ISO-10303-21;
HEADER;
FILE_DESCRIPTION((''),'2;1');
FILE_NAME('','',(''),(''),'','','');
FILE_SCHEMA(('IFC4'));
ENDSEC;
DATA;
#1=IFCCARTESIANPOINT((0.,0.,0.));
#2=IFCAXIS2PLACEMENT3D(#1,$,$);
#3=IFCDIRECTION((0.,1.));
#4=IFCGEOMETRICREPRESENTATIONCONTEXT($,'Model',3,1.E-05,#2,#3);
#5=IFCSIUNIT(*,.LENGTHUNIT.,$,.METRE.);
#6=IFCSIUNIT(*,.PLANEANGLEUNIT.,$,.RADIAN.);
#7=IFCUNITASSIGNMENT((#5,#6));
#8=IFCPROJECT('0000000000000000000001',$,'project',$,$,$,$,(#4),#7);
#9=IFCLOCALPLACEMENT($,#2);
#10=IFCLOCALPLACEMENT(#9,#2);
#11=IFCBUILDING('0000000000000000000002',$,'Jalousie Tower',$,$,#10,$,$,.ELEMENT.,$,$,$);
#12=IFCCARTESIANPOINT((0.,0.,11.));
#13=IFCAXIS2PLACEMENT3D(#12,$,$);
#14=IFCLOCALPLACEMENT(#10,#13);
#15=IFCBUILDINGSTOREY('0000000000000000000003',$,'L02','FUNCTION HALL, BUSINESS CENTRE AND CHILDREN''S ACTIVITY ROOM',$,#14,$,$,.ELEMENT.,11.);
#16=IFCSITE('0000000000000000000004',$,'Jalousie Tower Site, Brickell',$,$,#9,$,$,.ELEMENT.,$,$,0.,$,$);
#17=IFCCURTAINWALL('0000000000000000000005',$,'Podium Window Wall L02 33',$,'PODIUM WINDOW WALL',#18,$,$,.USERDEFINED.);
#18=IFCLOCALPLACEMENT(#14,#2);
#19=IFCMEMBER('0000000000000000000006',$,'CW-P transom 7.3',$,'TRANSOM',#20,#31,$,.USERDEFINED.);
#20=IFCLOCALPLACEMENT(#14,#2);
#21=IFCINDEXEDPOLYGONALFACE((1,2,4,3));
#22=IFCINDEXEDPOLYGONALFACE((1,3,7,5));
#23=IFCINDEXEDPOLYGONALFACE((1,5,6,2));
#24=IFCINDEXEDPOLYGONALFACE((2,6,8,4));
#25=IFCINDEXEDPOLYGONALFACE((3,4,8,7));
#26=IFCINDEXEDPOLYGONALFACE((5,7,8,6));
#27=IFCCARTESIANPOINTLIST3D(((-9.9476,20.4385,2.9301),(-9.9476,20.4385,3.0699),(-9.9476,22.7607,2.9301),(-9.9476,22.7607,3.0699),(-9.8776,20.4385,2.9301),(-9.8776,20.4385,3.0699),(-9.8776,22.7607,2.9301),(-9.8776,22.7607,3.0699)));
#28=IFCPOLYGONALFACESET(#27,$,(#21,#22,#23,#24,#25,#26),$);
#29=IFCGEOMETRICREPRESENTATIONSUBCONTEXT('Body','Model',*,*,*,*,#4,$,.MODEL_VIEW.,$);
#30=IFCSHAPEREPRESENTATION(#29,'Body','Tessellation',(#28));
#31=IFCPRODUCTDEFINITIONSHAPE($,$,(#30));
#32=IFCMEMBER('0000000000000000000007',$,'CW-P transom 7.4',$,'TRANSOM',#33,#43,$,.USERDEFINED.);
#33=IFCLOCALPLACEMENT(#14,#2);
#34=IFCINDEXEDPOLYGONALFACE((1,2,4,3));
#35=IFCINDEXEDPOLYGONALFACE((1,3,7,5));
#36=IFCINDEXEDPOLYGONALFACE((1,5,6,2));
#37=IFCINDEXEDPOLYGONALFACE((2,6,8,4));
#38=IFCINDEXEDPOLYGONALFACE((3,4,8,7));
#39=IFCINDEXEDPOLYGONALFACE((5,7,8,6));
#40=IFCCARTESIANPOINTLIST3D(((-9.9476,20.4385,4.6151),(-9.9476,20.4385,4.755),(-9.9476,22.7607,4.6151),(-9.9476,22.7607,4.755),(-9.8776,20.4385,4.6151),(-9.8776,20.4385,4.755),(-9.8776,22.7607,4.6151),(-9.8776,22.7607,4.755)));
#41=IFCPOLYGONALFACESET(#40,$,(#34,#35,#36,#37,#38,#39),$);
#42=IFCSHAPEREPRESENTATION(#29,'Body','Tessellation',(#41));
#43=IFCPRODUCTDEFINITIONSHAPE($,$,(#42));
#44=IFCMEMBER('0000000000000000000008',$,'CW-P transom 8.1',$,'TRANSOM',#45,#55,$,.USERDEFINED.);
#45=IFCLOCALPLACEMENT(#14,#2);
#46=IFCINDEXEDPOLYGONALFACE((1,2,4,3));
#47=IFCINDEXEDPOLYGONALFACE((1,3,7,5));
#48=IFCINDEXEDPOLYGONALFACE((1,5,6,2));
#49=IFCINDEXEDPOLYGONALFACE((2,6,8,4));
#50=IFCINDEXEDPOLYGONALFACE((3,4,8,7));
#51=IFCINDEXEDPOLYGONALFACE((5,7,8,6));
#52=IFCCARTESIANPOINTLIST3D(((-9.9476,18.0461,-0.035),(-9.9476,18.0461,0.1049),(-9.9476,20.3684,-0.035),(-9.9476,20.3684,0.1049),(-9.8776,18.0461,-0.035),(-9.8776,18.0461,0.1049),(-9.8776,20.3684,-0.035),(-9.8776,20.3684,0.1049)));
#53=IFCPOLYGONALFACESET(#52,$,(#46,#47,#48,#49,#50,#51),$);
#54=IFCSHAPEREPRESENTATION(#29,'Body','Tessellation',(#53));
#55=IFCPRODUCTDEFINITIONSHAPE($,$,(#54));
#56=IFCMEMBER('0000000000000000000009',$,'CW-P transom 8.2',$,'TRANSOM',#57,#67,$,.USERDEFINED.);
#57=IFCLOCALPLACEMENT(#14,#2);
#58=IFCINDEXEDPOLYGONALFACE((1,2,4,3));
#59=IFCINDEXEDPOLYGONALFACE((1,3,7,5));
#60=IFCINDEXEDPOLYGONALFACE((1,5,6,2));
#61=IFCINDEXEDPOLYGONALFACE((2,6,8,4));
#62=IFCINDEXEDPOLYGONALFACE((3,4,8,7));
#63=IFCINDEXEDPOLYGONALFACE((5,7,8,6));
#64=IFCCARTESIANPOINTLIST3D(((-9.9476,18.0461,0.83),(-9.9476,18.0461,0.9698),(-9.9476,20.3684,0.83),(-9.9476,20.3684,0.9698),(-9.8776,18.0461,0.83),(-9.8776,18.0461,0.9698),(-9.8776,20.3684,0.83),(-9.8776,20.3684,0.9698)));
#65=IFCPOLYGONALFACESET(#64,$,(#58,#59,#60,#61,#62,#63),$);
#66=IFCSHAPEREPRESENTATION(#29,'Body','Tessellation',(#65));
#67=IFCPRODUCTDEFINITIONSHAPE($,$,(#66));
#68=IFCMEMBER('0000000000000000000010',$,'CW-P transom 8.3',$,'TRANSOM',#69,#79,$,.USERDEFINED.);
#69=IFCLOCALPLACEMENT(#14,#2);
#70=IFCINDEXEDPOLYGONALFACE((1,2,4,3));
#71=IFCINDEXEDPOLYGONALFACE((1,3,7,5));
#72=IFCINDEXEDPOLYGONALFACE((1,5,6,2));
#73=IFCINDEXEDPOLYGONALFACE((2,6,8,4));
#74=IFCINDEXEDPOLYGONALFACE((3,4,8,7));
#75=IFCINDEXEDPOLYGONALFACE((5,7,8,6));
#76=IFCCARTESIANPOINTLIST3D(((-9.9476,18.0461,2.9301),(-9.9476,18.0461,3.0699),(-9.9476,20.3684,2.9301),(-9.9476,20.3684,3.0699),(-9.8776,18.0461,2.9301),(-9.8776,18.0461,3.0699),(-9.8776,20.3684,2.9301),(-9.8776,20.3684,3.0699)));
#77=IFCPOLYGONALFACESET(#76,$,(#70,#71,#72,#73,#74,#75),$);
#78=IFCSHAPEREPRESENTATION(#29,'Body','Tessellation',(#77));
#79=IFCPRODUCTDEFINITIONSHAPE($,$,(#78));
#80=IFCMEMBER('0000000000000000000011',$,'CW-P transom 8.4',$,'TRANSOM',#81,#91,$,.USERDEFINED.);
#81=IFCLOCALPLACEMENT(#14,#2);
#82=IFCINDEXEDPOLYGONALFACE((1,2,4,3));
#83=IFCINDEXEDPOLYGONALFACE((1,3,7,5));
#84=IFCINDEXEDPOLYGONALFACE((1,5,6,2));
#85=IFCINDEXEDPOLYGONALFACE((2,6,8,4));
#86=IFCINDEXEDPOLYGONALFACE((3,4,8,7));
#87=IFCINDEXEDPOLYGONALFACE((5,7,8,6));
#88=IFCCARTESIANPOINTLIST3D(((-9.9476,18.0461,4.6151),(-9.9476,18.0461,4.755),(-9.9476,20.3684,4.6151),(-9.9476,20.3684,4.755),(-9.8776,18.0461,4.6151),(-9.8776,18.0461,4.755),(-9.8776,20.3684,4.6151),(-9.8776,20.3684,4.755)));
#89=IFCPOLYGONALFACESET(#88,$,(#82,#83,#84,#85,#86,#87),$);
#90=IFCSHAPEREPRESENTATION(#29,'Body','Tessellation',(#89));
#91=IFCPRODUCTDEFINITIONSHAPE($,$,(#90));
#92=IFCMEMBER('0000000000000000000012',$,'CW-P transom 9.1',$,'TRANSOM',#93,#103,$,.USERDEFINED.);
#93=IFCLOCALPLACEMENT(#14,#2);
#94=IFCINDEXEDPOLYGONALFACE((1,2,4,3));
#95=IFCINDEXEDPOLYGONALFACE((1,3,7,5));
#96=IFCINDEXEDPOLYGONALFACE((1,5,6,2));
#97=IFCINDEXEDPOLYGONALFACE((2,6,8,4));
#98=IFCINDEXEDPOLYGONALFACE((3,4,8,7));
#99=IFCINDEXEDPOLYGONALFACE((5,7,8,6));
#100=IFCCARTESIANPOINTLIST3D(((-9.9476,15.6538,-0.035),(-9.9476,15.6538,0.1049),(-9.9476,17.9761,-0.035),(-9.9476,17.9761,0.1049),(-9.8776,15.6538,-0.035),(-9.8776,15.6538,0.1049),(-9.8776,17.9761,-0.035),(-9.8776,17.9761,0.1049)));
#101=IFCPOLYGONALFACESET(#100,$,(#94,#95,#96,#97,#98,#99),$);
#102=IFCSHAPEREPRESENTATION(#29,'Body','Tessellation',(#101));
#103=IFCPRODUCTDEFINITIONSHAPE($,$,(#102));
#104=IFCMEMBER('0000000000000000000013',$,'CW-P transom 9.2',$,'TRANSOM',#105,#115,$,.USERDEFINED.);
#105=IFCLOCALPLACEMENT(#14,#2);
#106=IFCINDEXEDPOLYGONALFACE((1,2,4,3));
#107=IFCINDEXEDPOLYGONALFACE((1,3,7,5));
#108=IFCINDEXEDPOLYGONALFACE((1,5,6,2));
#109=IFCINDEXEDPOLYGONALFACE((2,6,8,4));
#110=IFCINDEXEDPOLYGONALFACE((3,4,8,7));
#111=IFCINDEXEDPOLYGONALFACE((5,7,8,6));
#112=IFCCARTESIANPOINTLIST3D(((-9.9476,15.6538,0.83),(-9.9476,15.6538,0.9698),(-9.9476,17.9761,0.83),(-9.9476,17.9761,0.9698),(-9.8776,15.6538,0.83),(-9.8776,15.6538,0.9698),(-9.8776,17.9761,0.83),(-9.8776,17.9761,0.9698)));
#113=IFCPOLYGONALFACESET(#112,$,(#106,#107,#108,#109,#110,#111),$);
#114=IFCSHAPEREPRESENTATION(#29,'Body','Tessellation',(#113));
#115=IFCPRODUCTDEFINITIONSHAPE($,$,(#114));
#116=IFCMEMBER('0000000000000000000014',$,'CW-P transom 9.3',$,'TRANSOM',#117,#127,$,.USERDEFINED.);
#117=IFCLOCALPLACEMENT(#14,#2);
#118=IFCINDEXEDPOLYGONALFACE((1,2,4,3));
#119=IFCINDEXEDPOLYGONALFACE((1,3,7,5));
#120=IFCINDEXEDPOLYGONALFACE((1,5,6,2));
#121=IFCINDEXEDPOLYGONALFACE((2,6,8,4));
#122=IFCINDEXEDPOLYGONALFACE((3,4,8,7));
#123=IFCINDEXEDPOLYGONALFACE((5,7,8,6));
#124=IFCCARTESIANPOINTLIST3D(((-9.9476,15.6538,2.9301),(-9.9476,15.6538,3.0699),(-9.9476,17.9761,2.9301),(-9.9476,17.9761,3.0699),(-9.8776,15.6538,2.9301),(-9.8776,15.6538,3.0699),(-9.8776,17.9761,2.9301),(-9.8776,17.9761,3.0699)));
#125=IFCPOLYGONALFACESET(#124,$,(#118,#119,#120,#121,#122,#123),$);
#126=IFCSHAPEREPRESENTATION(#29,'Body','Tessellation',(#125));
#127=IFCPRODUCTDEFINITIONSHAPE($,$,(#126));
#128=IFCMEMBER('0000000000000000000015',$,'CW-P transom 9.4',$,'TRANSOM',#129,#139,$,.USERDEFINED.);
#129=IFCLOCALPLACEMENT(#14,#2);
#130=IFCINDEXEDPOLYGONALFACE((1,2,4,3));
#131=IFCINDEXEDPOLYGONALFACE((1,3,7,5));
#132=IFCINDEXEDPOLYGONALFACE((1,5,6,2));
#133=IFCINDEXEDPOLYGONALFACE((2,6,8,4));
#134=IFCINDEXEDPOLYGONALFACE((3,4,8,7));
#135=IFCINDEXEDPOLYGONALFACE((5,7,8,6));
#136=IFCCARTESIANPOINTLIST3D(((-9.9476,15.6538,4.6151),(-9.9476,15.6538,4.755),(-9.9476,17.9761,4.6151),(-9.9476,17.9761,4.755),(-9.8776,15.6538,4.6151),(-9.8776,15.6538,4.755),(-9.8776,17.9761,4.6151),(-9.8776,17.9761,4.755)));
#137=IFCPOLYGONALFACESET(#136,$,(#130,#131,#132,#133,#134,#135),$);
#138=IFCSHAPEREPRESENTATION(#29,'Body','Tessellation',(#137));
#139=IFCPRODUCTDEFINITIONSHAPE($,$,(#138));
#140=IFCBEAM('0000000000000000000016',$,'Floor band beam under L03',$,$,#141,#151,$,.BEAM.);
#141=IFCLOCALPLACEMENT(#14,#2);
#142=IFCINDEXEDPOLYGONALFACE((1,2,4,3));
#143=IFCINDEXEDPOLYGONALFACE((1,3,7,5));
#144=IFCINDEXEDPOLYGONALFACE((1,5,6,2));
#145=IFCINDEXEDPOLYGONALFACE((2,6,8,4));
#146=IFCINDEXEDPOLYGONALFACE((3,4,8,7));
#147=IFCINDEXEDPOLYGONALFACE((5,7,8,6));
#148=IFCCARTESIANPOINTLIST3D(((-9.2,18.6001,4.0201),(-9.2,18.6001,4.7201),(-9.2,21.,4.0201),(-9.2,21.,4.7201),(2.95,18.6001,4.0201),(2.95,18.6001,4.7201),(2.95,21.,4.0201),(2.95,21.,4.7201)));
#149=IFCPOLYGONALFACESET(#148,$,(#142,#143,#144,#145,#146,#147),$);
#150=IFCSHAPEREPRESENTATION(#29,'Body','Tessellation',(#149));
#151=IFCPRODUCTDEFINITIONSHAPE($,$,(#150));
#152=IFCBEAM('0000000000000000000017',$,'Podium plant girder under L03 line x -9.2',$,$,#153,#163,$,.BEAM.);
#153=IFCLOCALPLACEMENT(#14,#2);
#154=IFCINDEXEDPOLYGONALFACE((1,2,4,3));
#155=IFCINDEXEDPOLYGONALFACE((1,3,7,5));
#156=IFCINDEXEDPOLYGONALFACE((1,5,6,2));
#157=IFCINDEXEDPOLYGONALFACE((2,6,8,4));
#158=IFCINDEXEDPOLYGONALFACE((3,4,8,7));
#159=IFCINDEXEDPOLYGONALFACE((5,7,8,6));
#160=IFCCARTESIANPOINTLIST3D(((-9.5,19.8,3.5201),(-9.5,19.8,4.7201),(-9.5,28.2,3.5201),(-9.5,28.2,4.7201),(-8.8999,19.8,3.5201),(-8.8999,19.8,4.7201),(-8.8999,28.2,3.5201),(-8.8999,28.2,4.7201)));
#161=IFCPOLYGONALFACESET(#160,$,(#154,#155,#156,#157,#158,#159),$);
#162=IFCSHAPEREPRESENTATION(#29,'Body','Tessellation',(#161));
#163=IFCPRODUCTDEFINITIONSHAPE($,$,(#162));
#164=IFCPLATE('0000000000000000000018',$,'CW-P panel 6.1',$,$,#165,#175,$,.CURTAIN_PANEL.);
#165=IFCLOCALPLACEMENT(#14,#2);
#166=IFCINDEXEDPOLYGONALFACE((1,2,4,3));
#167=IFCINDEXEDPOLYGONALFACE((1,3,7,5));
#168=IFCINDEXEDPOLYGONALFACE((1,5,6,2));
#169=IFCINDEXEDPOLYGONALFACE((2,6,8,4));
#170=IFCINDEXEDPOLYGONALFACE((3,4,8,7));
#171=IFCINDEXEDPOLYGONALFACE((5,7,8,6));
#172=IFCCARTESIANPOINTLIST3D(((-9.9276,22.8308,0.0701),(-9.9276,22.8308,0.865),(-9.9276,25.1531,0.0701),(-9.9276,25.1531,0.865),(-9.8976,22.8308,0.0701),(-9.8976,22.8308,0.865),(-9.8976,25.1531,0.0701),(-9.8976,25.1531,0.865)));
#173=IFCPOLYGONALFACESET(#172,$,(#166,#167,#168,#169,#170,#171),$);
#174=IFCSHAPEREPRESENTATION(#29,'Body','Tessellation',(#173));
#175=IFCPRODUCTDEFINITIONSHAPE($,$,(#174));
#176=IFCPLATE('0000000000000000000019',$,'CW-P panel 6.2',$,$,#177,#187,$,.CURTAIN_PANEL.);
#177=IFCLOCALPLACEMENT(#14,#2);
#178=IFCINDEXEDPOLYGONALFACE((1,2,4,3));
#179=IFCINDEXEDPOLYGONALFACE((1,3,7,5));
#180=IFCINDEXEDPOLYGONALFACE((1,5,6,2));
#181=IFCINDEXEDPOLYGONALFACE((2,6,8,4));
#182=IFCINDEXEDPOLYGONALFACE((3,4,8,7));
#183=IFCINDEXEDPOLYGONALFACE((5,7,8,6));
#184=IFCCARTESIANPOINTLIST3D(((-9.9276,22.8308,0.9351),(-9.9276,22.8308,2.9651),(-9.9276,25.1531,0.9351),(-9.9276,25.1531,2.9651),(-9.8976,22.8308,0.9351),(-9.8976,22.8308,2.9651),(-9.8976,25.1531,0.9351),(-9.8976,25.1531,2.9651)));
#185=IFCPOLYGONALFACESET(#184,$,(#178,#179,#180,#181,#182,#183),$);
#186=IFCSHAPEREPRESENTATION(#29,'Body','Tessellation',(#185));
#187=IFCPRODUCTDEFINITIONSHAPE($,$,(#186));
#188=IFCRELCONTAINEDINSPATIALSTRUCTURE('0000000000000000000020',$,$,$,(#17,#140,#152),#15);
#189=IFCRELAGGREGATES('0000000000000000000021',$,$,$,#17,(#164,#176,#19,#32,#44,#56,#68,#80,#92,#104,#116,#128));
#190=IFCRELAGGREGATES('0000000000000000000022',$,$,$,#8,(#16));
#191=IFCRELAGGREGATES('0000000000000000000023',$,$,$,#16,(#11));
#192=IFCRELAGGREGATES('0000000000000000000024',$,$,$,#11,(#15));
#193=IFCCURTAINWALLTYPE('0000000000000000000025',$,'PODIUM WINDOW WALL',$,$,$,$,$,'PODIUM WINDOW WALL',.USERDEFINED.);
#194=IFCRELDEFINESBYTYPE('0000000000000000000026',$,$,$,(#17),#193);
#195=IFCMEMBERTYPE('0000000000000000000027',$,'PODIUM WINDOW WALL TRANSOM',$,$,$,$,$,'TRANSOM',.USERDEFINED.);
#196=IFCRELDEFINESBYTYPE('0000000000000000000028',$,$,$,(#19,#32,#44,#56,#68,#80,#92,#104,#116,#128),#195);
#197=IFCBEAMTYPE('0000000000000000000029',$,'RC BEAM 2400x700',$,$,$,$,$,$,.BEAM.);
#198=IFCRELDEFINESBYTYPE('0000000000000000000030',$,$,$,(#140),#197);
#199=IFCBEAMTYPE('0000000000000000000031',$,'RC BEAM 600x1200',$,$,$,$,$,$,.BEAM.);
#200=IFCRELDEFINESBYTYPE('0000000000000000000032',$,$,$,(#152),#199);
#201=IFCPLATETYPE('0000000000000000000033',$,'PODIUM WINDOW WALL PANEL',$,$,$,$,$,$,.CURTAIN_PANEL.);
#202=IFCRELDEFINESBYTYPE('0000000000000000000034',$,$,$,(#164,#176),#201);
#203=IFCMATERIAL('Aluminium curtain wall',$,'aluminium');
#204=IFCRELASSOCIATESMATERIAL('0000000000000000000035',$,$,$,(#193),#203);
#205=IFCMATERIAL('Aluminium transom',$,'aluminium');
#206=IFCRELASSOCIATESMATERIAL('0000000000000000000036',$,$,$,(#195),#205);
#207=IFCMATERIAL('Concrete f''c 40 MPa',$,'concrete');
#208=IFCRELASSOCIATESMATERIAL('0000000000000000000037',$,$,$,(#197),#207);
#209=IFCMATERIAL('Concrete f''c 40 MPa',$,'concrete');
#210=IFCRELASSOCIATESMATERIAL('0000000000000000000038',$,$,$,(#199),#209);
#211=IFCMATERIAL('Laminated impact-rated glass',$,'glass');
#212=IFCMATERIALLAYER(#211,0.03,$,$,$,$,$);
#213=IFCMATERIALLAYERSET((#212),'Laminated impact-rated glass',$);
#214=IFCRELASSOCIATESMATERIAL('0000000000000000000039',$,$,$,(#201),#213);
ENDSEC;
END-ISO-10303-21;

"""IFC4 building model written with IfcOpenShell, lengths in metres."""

from ifc_helpers import new_model, si_unit, direction, frame, origin, origin_2d, place, context, subcontext, project, spatial, rectangle, extrude, material, layer, layer_set, material_profile, profile_set, type_object, element, aggregate, save


model = new_model("IFC4")

# Units and contexts
model_context = context("Model", 3, precision=1e-05, world=origin(), true_north=direction((0.0, 1.0)))
body_context = subcontext(model_context, "Body", "Model", "MODEL_VIEW")
ifc_project = project(units=[si_unit("LENGTHUNIT", "METRE"), si_unit("PLANEANGLEUNIT", "RADIAN")], contexts=[model_context])

# Site, building, storey
site_placement = place(None, origin())
site = spatial("IfcSite", under=ifc_project, at=site_placement, Name="Jalousie Tower Site, Brickell", CompositionType="ELEMENT", RefElevation=0.0)
building_placement = place(site_placement, origin())
building = spatial("IfcBuilding", under=site, at=building_placement, Name="Jalousie Tower", CompositionType="ELEMENT")
storey_placement = place(building_placement, frame((0.0, 0.0, 11.0)))
storey = spatial("IfcBuildingStorey", under=building, at=storey_placement, Name="L02", Description="FUNCTION HALL, BUSINESS CENTRE AND CHILDREN'S ACTIVITY ROOM", CompositionType="ELEMENT", Elevation=11.0)

# Curtain wall, members
ifc_material_1 = material(Name="Aluminium curtain wall", Category="aluminium")
curtain_wall_type = type_object("IfcCurtainWallType", Name="PODIUM WINDOW WALL", ElementType="PODIUM WINDOW WALL", PredefinedType="USERDEFINED", material=ifc_material_1)
curtain_wall_placement = place(storey_placement, origin())
curtain_wall = element("IfcCurtainWall", 1, at=curtain_wall_placement, inside=storey, type_object=curtain_wall_type, Name="Podium Window Wall L02 33", ObjectType="PODIUM WINDOW WALL", PredefinedType="USERDEFINED")
ifc_material_2 = material(Name="Aluminium transom", Category="aluminium")
ifc_material_profile_1 = material_profile(ifc_material_2, rectangle(XDim=0.0701, YDim=0.1399, at=origin_2d()), Name="TRANSOM 70x140")
ifc_profile_set_1 = profile_set([ifc_material_profile_1], Name="Aluminium transom")
member_type_1 = type_object("IfcMemberType", Name="PODIUM WINDOW WALL TRANSOM", ElementType="TRANSOM", PredefinedType="USERDEFINED", material=ifc_profile_set_1)
member_1_placement = place(storey_placement, frame((-9.9126, 22.7607, 3.0), z_axis=(0.0, -1.0, 0.0), x_axis=(1.0, 0.0, 0.0)))
member_1 = element("IfcMember", 2, at=member_1_placement, type_object=member_type_1, Name="CW-P transom 7.3", ObjectType="TRANSOM", PredefinedType="USERDEFINED", context=body_context, shape_type="SweptSolid", body=[
    extrude(rectangle(XDim=0.0701, YDim=0.1399, at=origin_2d()), origin(), (0.0, 0.0, 1.0), 2.3223),
])
member_2_placement = place(storey_placement, frame((-9.9126, 22.7607, 4.6851), z_axis=(0.0, -1.0, 0.0), x_axis=(1.0, 0.0, 0.0)))
member_2 = element("IfcMember", 3, at=member_2_placement, type_object=member_type_1, Name="CW-P transom 7.4", ObjectType="TRANSOM", PredefinedType="USERDEFINED", context=body_context, shape_type="SweptSolid", body=[
    extrude(rectangle(XDim=0.0701, YDim=0.1399, at=origin_2d()), origin(), (0.0, 0.0, 1.0), 2.3223),
])
member_3_placement = place(storey_placement, frame((-9.9126, 20.3684, 0.0349), z_axis=(0.0, -1.0, 0.0), x_axis=(1.0, 0.0, 0.0)))
member_3 = element("IfcMember", 4, at=member_3_placement, type_object=member_type_1, Name="CW-P transom 8.1", ObjectType="TRANSOM", PredefinedType="USERDEFINED", context=body_context, shape_type="SweptSolid", body=[
    extrude(rectangle(XDim=0.0701, YDim=0.1399, at=origin_2d()), origin(), (0.0, 0.0, 1.0), 2.3223),
])
member_4_placement = place(storey_placement, frame((-9.9126, 20.3684, 0.8999), z_axis=(0.0, -1.0, 0.0), x_axis=(1.0, 0.0, 0.0)))
member_4 = element("IfcMember", 5, at=member_4_placement, type_object=member_type_1, Name="CW-P transom 8.2", ObjectType="TRANSOM", PredefinedType="USERDEFINED", context=body_context, shape_type="SweptSolid", body=[
    extrude(rectangle(XDim=0.0701, YDim=0.1399, at=origin_2d()), origin(), (0.0, 0.0, 1.0), 2.3223),
])
member_5_placement = place(storey_placement, frame((-9.9126, 20.3684, 3.0), z_axis=(0.0, -1.0, 0.0), x_axis=(1.0, 0.0, 0.0)))
member_5 = element("IfcMember", 6, at=member_5_placement, type_object=member_type_1, Name="CW-P transom 8.3", ObjectType="TRANSOM", PredefinedType="USERDEFINED", context=body_context, shape_type="SweptSolid", body=[
    extrude(rectangle(XDim=0.0701, YDim=0.1399, at=origin_2d()), origin(), (0.0, 0.0, 1.0), 2.3223),
])
member_6_placement = place(storey_placement, frame((-9.9126, 20.3684, 4.6851), z_axis=(0.0, -1.0, 0.0), x_axis=(1.0, 0.0, 0.0)))
member_6 = element("IfcMember", 7, at=member_6_placement, type_object=member_type_1, Name="CW-P transom 8.4", ObjectType="TRANSOM", PredefinedType="USERDEFINED", context=body_context, shape_type="SweptSolid", body=[
    extrude(rectangle(XDim=0.0701, YDim=0.1399, at=origin_2d()), origin(), (0.0, 0.0, 1.0), 2.3223),
])
member_7_placement = place(storey_placement, frame((-9.9126, 17.9761, 0.0349), z_axis=(0.0, -1.0, 0.0), x_axis=(1.0, 0.0, 0.0)))
member_7 = element("IfcMember", 8, at=member_7_placement, type_object=member_type_1, Name="CW-P transom 9.1", ObjectType="TRANSOM", PredefinedType="USERDEFINED", context=body_context, shape_type="SweptSolid", body=[
    extrude(rectangle(XDim=0.0701, YDim=0.1399, at=origin_2d()), origin(), (0.0, 0.0, 1.0), 2.3223),
])
member_8_placement = place(storey_placement, frame((-9.9126, 17.9761, 0.8999), z_axis=(0.0, -1.0, 0.0), x_axis=(1.0, 0.0, 0.0)))
member_8 = element("IfcMember", 9, at=member_8_placement, type_object=member_type_1, Name="CW-P transom 9.2", ObjectType="TRANSOM", PredefinedType="USERDEFINED", context=body_context, shape_type="SweptSolid", body=[
    extrude(rectangle(XDim=0.0701, YDim=0.1399, at=origin_2d()), origin(), (0.0, 0.0, 1.0), 2.3223),
])
member_9_placement = place(storey_placement, frame((-9.9126, 17.9761, 3.0), z_axis=(0.0, -1.0, 0.0), x_axis=(1.0, 0.0, 0.0)))
member_9 = element("IfcMember", 10, at=member_9_placement, type_object=member_type_1, Name="CW-P transom 9.3", ObjectType="TRANSOM", PredefinedType="USERDEFINED", context=body_context, shape_type="SweptSolid", body=[
    extrude(rectangle(XDim=0.0701, YDim=0.1399, at=origin_2d()), origin(), (0.0, 0.0, 1.0), 2.3223),
])
member_10_placement = place(storey_placement, frame((-9.9126, 17.9761, 4.6851), z_axis=(0.0, -1.0, 0.0), x_axis=(1.0, 0.0, 0.0)))
member_10 = element("IfcMember", 11, at=member_10_placement, type_object=member_type_1, Name="CW-P transom 9.4", ObjectType="TRANSOM", PredefinedType="USERDEFINED", context=body_context, shape_type="SweptSolid", body=[
    extrude(rectangle(XDim=0.0701, YDim=0.1399, at=origin_2d()), origin(), (0.0, 0.0, 1.0), 2.3223),
])

# Beams
ifc_material_3 = material(Name="Concrete f'c 40 MPa", Category="concrete")
ifc_material_profile_2 = material_profile(ifc_material_3, rectangle(XDim=2.3999, YDim=0.7, at=origin_2d()), Name="RC 2400x700")
ifc_profile_set_2 = profile_set([ifc_material_profile_2], Name="Concrete f'c 40 MPa")
beam_type_1 = type_object("IfcBeamType", Name="RC BEAM 2400x700", PredefinedType="BEAM", material=ifc_profile_set_2)
beam_1_placement = place(storey_placement, frame((-9.2, 19.8, 4.3701), z_axis=(1.0, 0.0, 0.0), x_axis=(0.0, 1.0, 0.0)))
element("IfcBeam", 12, at=beam_1_placement, inside=storey, type_object=beam_type_1, Name="Floor band beam under L03", PredefinedType="BEAM", context=body_context, shape_type="SweptSolid", body=[
    extrude(rectangle(XDim=2.3999, YDim=0.7, at=origin_2d()), origin(), (0.0, 0.0, 1.0), 12.1499),
])
ifc_material_4 = material(Name="Concrete f'c 40 MPa", Category="concrete")
ifc_material_profile_3 = material_profile(ifc_material_4, rectangle(XDim=0.6001, YDim=1.2, at=origin_2d()), Name="RC 600x1200")
ifc_profile_set_3 = profile_set([ifc_material_profile_3], Name="Concrete f'c 40 MPa")
beam_type_2 = type_object("IfcBeamType", Name="RC BEAM 600x1200", PredefinedType="BEAM", material=ifc_profile_set_3)
beam_2_placement = place(storey_placement, frame((-9.2, 19.8, 4.1201), z_axis=(0.0, 1.0, 0.0), x_axis=(-1.0, 0.0, 0.0)))
element("IfcBeam", 13, at=beam_2_placement, inside=storey, type_object=beam_type_2, Name="Podium plant girder under L03 line x -9.2", PredefinedType="BEAM", context=body_context, shape_type="SweptSolid", body=[
    extrude(rectangle(XDim=0.6001, YDim=1.2, at=origin_2d()), origin(), (0.0, 0.0, 1.0), 8.3999),
])

# Plates
ifc_material_5 = material(Name="Laminated impact-rated glass", Category="glass")
ifc_layer = layer(ifc_material_5, 0.03)
ifc_layer_set = layer_set([ifc_layer], Name="Laminated impact-rated glass")
plate_type = type_object("IfcPlateType", Name="PODIUM WINDOW WALL PANEL", PredefinedType="CURTAIN_PANEL", material=ifc_layer_set)
plate_1_placement = place(storey_placement, frame((-9.9126, 23.9919, 0.0701), z_axis=(0.0, 0.0, 1.0), x_axis=(0.0, -1.0, 0.0)))
plate_1 = element("IfcPlate", 14, at=plate_1_placement, type_object=plate_type, Name="CW-P panel 6.1", PredefinedType="CURTAIN_PANEL", context=body_context, shape_type="SweptSolid", body=[
    extrude(rectangle(XDim=2.3223, YDim=0.03, at=origin_2d()), origin(), (0.0, 0.0, 1.0), 0.7949),
])
plate_2_placement = place(storey_placement, frame((-9.9126, 23.9919, 0.9351), z_axis=(0.0, 0.0, 1.0), x_axis=(0.0, -1.0, 0.0)))
plate_2 = element("IfcPlate", 15, at=plate_2_placement, type_object=plate_type, Name="CW-P panel 6.2", PredefinedType="CURTAIN_PANEL", context=body_context, shape_type="SweptSolid", body=[
    extrude(rectangle(XDim=2.3223, YDim=0.03, at=origin_2d()), origin(), (0.0, 0.0, 1.0), 2.03),
])
aggregate(curtain_wall, [plate_1, plate_2, member_1, member_2, member_3, member_4, member_5, member_6, member_7, member_8, member_9, member_10])

save(model, "model.ifc")
